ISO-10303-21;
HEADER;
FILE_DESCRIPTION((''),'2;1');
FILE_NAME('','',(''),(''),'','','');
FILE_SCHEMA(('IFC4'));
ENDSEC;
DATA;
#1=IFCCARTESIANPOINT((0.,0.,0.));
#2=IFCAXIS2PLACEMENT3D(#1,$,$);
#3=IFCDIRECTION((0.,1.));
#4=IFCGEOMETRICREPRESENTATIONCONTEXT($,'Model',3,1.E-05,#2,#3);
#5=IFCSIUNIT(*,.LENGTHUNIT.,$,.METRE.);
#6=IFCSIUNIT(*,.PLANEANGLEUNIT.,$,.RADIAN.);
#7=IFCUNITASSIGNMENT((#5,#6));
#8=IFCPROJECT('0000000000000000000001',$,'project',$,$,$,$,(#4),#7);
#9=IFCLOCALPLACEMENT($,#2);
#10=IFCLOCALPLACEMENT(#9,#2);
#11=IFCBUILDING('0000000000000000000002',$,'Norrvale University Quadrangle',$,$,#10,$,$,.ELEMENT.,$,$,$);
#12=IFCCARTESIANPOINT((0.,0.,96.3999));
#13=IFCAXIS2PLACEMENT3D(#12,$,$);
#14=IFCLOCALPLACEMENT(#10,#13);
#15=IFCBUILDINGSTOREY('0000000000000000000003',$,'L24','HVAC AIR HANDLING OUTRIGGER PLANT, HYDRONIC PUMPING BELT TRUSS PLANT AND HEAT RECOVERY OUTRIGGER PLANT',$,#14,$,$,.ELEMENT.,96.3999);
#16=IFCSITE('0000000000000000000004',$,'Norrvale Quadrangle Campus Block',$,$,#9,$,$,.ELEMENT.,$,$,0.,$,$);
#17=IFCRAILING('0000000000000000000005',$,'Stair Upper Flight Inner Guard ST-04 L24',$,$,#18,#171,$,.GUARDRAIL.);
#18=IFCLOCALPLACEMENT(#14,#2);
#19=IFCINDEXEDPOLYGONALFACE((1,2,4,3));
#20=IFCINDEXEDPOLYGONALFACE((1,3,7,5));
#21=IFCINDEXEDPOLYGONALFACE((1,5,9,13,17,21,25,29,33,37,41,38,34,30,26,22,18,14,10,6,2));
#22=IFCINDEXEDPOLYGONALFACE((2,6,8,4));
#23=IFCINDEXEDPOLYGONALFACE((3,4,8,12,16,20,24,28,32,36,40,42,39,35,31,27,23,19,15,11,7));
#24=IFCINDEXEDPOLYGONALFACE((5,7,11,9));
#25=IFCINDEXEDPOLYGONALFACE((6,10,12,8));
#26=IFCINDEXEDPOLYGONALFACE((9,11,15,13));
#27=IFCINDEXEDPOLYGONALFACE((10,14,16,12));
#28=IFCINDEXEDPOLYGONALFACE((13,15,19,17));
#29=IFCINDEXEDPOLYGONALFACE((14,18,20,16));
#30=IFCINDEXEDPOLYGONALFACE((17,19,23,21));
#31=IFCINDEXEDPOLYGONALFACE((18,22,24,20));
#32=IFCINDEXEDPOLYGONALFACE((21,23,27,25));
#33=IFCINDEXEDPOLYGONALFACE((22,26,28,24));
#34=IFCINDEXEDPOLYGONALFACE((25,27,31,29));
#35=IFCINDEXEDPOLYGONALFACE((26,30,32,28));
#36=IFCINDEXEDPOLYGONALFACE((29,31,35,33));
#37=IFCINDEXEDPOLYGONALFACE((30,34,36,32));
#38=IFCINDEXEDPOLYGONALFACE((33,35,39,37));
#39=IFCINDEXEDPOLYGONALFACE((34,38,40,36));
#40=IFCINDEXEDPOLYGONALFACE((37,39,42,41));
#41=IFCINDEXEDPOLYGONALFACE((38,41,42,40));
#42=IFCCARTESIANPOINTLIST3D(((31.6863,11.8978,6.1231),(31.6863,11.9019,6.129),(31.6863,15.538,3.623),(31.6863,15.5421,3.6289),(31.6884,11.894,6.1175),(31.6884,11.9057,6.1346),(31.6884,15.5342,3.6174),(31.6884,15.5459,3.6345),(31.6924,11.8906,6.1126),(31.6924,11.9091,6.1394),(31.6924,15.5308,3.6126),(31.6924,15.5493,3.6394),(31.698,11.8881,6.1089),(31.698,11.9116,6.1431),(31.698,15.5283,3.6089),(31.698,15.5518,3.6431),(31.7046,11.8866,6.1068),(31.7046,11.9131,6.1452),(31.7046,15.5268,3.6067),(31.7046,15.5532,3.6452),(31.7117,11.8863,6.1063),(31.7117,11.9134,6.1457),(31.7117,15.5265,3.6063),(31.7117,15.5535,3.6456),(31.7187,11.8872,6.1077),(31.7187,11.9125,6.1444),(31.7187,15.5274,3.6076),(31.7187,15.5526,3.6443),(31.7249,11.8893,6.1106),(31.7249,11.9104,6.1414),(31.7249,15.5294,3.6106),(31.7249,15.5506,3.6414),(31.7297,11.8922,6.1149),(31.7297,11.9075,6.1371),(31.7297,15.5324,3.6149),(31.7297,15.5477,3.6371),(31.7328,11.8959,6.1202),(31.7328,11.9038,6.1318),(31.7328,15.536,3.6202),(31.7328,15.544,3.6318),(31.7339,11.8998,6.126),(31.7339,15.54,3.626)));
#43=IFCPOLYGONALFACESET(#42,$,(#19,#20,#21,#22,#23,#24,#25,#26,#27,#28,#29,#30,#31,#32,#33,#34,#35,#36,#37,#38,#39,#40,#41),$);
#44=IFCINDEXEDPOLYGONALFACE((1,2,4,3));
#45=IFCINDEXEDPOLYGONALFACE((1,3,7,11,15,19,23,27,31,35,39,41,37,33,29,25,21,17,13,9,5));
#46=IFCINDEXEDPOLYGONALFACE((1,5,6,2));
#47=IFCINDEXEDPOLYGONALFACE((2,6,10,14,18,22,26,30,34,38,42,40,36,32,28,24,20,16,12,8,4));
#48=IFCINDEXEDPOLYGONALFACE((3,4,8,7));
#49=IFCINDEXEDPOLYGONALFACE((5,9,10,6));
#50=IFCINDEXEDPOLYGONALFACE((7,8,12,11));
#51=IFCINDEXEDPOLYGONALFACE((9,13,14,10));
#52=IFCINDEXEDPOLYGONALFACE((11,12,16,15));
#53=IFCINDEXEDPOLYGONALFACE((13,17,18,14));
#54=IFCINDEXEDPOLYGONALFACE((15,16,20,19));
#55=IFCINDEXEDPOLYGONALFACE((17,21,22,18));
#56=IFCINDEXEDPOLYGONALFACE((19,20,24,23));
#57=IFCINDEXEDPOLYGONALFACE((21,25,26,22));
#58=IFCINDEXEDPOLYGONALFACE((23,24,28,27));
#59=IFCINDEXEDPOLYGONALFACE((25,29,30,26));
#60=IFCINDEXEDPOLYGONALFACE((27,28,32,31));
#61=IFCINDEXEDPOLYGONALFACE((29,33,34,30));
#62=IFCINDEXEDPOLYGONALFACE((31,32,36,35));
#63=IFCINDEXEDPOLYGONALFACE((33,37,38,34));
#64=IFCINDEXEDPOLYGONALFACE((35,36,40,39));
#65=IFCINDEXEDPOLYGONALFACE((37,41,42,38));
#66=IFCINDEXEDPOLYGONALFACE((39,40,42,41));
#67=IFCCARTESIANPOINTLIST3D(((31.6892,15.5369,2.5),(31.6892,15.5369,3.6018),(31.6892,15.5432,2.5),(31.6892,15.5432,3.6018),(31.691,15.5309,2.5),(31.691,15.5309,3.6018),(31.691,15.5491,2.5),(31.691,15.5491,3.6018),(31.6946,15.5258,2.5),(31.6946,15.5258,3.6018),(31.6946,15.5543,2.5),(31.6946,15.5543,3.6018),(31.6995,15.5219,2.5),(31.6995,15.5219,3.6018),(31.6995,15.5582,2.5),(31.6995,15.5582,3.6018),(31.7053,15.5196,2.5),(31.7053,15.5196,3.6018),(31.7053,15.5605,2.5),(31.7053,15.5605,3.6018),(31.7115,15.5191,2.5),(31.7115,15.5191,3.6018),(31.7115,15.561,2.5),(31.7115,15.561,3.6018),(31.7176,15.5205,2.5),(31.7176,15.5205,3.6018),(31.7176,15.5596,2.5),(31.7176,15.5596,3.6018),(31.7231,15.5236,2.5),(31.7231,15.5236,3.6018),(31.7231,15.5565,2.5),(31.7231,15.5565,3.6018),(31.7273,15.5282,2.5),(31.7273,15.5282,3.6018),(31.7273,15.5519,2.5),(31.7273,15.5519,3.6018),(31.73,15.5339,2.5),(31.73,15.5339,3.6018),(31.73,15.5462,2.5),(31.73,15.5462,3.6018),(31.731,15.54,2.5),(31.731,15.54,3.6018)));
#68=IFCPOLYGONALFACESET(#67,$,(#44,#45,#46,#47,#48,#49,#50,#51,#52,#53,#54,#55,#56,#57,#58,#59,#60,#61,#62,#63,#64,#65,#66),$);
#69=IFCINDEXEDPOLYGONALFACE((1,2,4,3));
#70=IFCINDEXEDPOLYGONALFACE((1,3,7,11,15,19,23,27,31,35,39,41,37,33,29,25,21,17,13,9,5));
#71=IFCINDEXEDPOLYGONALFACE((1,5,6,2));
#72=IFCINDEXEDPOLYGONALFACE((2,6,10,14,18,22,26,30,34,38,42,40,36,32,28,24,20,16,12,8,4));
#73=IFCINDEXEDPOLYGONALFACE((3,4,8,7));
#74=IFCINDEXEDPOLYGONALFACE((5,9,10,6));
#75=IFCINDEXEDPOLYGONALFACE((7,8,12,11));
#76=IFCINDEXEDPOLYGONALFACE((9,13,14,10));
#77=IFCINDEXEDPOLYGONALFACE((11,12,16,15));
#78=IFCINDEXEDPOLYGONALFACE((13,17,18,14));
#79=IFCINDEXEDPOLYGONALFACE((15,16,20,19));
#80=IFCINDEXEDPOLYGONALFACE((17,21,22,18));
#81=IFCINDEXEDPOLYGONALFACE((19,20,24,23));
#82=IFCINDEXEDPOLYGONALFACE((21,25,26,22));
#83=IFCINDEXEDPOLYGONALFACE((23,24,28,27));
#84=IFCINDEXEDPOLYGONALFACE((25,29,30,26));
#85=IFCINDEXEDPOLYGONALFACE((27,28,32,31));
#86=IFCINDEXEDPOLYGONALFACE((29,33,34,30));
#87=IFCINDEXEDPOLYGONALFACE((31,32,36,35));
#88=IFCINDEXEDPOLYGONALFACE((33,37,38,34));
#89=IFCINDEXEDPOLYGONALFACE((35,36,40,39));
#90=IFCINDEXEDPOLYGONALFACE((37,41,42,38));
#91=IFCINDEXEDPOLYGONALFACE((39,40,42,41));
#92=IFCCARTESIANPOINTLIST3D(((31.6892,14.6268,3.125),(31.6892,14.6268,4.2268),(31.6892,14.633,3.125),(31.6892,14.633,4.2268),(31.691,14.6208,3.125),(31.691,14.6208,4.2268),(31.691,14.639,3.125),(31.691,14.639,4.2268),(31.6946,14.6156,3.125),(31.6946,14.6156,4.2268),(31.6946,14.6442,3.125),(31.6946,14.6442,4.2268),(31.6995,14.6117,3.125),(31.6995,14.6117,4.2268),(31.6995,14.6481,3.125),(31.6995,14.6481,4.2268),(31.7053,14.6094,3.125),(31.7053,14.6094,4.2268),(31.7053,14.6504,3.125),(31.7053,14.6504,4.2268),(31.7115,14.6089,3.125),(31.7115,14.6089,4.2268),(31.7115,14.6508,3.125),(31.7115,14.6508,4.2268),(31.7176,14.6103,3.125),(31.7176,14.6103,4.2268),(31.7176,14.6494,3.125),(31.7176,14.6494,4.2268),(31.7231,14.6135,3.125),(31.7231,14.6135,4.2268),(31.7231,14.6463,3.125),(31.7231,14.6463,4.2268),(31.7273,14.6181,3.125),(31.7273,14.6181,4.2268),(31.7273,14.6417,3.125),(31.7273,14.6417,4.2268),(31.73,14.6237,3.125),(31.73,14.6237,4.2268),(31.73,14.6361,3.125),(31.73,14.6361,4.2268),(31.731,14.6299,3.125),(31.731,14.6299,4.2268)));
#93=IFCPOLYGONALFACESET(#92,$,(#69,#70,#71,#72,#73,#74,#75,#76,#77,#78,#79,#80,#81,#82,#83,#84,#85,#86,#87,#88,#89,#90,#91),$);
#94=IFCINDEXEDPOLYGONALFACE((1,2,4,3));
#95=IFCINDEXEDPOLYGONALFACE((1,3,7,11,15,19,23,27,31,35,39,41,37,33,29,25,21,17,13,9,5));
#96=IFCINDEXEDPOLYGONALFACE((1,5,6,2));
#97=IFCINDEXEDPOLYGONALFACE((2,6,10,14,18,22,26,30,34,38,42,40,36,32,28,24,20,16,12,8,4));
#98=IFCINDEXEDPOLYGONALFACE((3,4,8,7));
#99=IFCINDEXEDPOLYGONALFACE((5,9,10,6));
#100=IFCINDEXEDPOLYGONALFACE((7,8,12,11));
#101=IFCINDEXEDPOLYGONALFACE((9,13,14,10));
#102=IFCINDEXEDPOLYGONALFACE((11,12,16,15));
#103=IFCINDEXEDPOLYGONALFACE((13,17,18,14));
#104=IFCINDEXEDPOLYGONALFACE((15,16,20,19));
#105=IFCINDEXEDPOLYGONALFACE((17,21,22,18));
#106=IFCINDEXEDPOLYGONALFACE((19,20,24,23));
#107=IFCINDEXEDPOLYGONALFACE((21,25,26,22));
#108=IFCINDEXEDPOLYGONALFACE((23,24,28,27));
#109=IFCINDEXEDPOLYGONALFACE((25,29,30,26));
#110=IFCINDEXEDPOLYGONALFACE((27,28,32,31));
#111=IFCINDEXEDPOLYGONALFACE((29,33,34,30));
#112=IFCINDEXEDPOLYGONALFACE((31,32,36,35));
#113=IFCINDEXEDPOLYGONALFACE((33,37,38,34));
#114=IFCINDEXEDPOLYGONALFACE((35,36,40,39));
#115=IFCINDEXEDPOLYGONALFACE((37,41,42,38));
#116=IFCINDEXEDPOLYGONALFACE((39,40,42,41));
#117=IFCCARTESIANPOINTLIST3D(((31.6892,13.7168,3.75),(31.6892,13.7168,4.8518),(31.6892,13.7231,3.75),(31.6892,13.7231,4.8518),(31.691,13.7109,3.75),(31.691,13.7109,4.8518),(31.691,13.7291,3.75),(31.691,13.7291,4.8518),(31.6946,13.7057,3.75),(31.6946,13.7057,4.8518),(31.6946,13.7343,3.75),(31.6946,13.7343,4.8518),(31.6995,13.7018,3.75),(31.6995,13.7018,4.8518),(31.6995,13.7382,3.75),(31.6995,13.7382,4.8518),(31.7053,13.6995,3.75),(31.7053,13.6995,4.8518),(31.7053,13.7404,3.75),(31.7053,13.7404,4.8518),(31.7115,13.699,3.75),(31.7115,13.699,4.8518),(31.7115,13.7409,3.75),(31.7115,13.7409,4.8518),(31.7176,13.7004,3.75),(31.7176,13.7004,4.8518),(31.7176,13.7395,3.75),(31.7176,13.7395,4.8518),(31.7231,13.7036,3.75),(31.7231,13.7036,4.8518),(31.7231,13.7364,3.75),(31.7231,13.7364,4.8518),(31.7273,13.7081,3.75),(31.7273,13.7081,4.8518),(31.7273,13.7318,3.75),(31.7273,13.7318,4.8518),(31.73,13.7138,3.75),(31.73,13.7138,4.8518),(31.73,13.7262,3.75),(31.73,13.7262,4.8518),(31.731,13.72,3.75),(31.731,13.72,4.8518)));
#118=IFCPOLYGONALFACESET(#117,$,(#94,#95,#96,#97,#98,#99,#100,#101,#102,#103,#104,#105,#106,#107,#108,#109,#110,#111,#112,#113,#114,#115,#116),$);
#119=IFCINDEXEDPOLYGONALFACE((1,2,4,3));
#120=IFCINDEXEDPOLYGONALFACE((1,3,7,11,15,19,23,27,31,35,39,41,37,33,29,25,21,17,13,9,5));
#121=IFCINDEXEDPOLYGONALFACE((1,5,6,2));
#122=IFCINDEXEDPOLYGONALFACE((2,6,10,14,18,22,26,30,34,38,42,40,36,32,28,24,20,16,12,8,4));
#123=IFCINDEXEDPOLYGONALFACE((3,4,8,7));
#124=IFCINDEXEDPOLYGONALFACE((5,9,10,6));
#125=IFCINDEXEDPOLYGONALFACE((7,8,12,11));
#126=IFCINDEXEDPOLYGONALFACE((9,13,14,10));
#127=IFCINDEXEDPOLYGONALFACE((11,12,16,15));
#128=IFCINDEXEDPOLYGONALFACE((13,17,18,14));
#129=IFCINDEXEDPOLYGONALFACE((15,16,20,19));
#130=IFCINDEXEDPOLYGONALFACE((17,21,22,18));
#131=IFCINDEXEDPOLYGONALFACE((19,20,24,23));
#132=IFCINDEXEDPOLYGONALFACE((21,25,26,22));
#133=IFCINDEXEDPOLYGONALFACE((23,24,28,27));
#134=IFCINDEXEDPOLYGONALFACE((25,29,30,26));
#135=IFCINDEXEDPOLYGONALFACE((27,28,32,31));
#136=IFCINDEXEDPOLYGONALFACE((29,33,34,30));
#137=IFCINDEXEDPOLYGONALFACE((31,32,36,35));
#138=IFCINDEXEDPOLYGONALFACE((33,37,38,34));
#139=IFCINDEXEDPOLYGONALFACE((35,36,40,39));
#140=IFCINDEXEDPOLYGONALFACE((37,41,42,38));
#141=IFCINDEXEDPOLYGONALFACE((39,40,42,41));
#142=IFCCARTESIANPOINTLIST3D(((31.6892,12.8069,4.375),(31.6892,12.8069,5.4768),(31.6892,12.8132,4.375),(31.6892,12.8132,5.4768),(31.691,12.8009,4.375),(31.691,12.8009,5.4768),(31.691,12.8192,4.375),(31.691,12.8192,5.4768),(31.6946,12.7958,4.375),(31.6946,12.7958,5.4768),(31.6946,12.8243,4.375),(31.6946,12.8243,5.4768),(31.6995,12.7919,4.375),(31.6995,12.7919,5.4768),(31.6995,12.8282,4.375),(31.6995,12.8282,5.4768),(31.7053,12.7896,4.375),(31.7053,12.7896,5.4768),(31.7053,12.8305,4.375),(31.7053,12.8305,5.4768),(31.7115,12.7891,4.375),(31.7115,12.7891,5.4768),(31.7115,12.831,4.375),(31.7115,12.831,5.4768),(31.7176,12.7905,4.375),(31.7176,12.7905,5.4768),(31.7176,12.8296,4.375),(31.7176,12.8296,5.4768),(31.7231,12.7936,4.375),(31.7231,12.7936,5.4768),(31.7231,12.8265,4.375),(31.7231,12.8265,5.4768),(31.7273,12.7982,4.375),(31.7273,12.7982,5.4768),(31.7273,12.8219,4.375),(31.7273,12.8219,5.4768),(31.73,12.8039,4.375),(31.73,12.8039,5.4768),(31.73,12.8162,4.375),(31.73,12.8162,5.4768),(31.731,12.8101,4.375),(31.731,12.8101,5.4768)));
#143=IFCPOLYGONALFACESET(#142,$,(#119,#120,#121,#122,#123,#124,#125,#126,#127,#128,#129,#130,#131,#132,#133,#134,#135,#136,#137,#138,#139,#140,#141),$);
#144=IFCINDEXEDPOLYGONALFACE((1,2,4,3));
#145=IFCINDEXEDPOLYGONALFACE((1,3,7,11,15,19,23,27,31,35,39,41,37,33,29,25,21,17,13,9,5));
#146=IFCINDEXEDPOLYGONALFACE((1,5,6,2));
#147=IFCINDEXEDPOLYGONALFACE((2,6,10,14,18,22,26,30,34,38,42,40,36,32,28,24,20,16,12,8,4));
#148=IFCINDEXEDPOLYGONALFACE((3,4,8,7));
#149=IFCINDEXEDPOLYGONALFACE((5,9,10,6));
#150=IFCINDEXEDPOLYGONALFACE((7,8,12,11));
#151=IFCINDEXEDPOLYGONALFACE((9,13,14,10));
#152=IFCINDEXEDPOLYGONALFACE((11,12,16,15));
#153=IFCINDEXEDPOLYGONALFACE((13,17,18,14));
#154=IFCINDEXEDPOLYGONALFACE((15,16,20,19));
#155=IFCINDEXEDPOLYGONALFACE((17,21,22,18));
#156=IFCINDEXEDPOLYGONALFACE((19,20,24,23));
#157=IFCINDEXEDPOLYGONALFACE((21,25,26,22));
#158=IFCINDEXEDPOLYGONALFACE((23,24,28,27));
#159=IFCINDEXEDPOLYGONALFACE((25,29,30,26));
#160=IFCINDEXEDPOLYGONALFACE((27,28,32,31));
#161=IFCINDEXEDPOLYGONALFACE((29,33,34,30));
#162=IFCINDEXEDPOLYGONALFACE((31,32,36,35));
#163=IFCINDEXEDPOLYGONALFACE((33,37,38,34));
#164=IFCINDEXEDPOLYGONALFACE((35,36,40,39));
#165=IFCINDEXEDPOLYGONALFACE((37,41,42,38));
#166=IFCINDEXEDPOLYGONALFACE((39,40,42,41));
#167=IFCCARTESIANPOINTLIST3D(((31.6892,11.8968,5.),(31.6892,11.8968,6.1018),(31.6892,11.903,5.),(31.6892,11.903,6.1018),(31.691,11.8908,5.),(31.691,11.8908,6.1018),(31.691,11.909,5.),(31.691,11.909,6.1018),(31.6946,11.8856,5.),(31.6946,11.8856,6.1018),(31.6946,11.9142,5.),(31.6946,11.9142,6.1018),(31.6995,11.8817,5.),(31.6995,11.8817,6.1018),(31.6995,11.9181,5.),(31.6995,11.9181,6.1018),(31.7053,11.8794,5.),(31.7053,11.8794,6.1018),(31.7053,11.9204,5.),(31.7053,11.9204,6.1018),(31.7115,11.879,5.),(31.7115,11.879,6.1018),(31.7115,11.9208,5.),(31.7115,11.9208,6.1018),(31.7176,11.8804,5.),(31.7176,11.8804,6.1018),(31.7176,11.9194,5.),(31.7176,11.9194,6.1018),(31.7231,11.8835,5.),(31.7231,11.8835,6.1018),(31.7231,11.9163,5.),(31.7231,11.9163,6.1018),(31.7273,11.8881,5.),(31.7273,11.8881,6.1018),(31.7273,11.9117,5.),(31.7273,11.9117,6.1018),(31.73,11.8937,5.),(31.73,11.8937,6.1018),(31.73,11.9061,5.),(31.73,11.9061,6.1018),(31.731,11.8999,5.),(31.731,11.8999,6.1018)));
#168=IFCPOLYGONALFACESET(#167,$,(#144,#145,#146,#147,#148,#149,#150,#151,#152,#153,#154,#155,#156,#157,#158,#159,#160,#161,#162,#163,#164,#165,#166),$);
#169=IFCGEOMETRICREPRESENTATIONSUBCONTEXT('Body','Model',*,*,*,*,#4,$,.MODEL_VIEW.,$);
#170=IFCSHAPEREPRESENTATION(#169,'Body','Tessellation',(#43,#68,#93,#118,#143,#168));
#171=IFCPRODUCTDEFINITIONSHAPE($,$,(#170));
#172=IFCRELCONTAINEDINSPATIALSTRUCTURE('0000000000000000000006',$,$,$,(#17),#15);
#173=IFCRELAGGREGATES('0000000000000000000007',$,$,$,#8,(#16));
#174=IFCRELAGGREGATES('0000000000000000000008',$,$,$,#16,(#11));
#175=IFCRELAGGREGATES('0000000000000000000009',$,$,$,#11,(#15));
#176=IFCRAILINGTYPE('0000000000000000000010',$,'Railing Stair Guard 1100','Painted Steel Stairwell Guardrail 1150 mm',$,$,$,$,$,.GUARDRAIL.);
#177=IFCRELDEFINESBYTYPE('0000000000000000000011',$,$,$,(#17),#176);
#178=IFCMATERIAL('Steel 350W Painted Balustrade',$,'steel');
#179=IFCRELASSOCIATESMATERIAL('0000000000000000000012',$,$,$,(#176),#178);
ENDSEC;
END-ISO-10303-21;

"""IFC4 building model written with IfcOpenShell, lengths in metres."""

from ifc_helpers import new_model, si_unit, direction, frame, origin, origin_2d, place, context, subcontext, project, spatial, circle, extrude, material, type_object, element, save


model = new_model("IFC4")

# Units and contexts
model_context = context("Model", 3, precision=1e-05, world=origin(), true_north=direction((0.0, 1.0)))
body_context = subcontext(model_context, "Body", "Model", "MODEL_VIEW")
ifc_project = project(units=[si_unit("LENGTHUNIT", "METRE"), si_unit("PLANEANGLEUNIT", "RADIAN")], contexts=[model_context])

# Site, building, storey
site_placement = place(None, origin())
site = spatial("IfcSite", under=ifc_project, at=site_placement, Name="Norrvale Quadrangle Campus Block", CompositionType="ELEMENT", RefElevation=0.0)
building_placement = place(site_placement, origin())
building = spatial("IfcBuilding", under=site, at=building_placement, Name="Norrvale University Quadrangle", CompositionType="ELEMENT")
storey_placement = place(building_placement, frame((0.0, 0.0, 96.3999)))
storey = spatial("IfcBuildingStorey", under=building, at=storey_placement, Name="L24", Description="HVAC AIR HANDLING OUTRIGGER PLANT, HYDRONIC PUMPING BELT TRUSS PLANT AND HEAT RECOVERY OUTRIGGER PLANT", CompositionType="ELEMENT", Elevation=96.3999)

# Railing
ifc_material_1 = material(Name="Steel 350W Painted Balustrade", Category="steel")
railing_type_1 = type_object("IfcRailingType", Name="Railing Stair Guard 1100", Description="Painted Steel Stairwell Guardrail 1150 mm", PredefinedType="GUARDRAIL", material=ifc_material_1)
railing_1_placement = place(storey_placement, frame((31.71, 15.54, 2.5)))
element("IfcRailing", 1, at=railing_1_placement, inside=storey, type_object=railing_type_1, Name="Stair Upper Flight Inner Guard ST-04 L24", PredefinedType="GUARDRAIL", context=body_context, shape_type="SweptSolid", body=[
    extrude(circle(Radius=0.0239, at=origin_2d()), frame((0.0, 0.0, 1.126), z_axis=(0.0, -0.824316, 0.56613), x_axis=(1.0, 0.0, 0.0)), (0.0, 0.0, 1.0), 4.416),
    extrude(circle(Radius=0.021, at=origin_2d()), origin(), (0.0, 0.0, 1.0), 1.1018),
    extrude(circle(Radius=0.021, at=origin_2d()), frame((0.0, -0.9102, 0.625)), (0.0, 0.0, 1.0), 1.1018),
    extrude(circle(Radius=0.021, at=origin_2d()), frame((0.0, -1.8201, 1.25)), (0.0, 0.0, 1.0), 1.1018),
    extrude(circle(Radius=0.021, at=origin_2d()), frame((0.0, -2.73, 1.875)), (0.0, 0.0, 1.0), 1.1018),
    extrude(circle(Radius=0.021, at=origin_2d()), frame((0.0, -3.6401, 2.5)), (0.0, 0.0, 1.0), 1.1018),
])

save(model, "model.ifc")
